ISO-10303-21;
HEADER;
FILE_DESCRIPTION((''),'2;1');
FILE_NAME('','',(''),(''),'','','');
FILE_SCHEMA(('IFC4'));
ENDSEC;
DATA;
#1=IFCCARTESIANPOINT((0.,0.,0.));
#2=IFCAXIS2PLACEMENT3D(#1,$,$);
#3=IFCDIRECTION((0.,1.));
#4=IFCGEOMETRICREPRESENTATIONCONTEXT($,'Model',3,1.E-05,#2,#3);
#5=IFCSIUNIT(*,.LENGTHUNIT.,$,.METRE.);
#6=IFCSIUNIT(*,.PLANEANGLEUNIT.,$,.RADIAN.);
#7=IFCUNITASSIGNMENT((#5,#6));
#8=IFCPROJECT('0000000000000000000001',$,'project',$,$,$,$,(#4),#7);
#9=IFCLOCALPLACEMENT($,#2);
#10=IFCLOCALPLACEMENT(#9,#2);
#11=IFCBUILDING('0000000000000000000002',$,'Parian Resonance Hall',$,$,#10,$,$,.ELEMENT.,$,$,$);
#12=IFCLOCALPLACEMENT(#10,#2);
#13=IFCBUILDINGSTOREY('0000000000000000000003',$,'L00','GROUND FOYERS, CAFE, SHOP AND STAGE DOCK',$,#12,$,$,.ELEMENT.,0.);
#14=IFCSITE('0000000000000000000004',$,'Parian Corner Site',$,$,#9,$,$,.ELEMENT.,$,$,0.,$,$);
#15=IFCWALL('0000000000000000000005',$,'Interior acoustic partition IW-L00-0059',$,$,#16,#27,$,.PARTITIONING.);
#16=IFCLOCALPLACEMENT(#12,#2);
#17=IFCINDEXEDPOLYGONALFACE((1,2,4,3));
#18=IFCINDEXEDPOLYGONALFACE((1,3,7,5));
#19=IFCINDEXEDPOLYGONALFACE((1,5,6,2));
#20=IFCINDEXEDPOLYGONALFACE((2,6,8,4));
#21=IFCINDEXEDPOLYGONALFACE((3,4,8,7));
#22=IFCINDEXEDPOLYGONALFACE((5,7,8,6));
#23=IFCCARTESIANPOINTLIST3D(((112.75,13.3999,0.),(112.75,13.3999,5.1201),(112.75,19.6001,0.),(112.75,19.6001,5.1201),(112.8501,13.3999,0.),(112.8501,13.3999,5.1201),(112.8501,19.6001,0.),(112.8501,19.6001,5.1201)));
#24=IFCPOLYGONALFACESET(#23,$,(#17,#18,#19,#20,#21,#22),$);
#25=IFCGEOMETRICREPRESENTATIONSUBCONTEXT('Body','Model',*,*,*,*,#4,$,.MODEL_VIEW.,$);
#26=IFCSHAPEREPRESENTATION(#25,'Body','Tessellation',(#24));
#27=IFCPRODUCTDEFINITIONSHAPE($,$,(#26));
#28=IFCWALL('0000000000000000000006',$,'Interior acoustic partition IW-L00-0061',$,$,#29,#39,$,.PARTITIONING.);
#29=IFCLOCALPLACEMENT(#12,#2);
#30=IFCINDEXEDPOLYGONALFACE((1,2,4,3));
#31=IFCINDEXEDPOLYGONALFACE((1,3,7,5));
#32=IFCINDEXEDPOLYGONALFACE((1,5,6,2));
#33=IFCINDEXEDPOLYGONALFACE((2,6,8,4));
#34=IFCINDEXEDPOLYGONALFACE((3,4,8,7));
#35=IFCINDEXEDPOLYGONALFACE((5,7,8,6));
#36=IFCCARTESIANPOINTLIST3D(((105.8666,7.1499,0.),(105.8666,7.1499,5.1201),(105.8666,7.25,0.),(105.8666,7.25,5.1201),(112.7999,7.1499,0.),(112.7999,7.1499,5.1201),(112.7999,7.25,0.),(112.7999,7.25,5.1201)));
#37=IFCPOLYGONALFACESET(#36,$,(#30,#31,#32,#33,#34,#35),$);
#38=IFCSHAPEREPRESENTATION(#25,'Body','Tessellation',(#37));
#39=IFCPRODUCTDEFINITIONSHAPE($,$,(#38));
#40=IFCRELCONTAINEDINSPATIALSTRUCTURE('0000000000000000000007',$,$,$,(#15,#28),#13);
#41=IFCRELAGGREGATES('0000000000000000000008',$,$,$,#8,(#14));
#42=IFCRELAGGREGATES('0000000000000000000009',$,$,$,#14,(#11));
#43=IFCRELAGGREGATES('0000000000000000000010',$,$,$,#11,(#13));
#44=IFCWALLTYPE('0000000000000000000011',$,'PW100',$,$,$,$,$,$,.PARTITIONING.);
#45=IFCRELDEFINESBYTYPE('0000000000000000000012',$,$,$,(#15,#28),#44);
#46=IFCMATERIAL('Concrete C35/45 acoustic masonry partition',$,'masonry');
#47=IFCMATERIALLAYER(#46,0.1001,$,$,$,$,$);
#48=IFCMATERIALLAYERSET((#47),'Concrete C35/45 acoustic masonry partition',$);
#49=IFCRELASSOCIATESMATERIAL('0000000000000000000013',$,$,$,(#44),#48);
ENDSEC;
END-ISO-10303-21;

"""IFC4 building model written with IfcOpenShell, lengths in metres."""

from ifc_helpers import new_model, si_unit, direction, frame, frame_2d, origin, place, context, subcontext, project, spatial, rectangle, extrude, material, layer, layer_set, type_object, element, save


model = new_model("IFC4")

# Units and contexts
model_context = context("Model", 3, precision=1e-05, world=origin(), true_north=direction((0.0, 1.0)))
body_context = subcontext(model_context, "Body", "Model", "MODEL_VIEW")
ifc_project = project(units=[si_unit("LENGTHUNIT", "METRE"), si_unit("PLANEANGLEUNIT", "RADIAN")], contexts=[model_context])

# Site, building, storey
site_placement = place(None, origin())
site = spatial("IfcSite", under=ifc_project, at=site_placement, Name="Parian Corner Site", CompositionType="ELEMENT", RefElevation=0.0)
building_placement = place(site_placement, origin())
building = spatial("IfcBuilding", under=site, at=building_placement, Name="Parian Resonance Hall", CompositionType="ELEMENT")
storey_placement = place(building_placement, origin())
storey = spatial("IfcBuildingStorey", under=building, at=storey_placement, Name="L00", Description="GROUND FOYERS, CAFE, SHOP AND STAGE DOCK", CompositionType="ELEMENT", Elevation=0.0)

# Walls
ifc_material_1 = material(Name="Concrete C35/45 acoustic masonry partition", Category="masonry")
ifc_layer_1 = layer(ifc_material_1, 0.1001)
ifc_layer_set_1 = layer_set([ifc_layer_1], Name="Concrete C35/45 acoustic masonry partition")
wall_type_1 = type_object("IfcWallType", Name="PW100", PredefinedType="PARTITIONING", material=ifc_layer_set_1)
wall_1_placement = place(storey_placement, frame((112.8, 19.6001, 0.0), z_axis=(0.0, 0.0, 1.0), x_axis=(0.0, -1.0, 0.0)))
element("IfcWall", 1, at=wall_1_placement, inside=storey, type_object=wall_type_1, Name="Interior acoustic partition IW-L00-0059", PredefinedType="PARTITIONING", context=body_context, shape_type="SweptSolid", body=[
    extrude(rectangle(XDim=6.2002, YDim=0.1001, at=frame_2d((3.1001, 0.0))), origin(), (0.0, 0.0, 1.0), 5.1201),
])
wall_2_placement = place(storey_placement, frame((112.8, 7.2, 0.0), z_axis=(0.0, 0.0, 1.0), x_axis=(-1.0, 0.0, 0.0)))
element("IfcWall", 2, at=wall_2_placement, inside=storey, type_object=wall_type_1, Name="Interior acoustic partition IW-L00-0061", PredefinedType="PARTITIONING", context=body_context, shape_type="SweptSolid", body=[
    extrude(rectangle(XDim=6.9333, YDim=0.1001, at=frame_2d((3.4668, 0.0))), origin(), (0.0, 0.0, 1.0), 5.1201),
])

save(model, "model.ifc")
